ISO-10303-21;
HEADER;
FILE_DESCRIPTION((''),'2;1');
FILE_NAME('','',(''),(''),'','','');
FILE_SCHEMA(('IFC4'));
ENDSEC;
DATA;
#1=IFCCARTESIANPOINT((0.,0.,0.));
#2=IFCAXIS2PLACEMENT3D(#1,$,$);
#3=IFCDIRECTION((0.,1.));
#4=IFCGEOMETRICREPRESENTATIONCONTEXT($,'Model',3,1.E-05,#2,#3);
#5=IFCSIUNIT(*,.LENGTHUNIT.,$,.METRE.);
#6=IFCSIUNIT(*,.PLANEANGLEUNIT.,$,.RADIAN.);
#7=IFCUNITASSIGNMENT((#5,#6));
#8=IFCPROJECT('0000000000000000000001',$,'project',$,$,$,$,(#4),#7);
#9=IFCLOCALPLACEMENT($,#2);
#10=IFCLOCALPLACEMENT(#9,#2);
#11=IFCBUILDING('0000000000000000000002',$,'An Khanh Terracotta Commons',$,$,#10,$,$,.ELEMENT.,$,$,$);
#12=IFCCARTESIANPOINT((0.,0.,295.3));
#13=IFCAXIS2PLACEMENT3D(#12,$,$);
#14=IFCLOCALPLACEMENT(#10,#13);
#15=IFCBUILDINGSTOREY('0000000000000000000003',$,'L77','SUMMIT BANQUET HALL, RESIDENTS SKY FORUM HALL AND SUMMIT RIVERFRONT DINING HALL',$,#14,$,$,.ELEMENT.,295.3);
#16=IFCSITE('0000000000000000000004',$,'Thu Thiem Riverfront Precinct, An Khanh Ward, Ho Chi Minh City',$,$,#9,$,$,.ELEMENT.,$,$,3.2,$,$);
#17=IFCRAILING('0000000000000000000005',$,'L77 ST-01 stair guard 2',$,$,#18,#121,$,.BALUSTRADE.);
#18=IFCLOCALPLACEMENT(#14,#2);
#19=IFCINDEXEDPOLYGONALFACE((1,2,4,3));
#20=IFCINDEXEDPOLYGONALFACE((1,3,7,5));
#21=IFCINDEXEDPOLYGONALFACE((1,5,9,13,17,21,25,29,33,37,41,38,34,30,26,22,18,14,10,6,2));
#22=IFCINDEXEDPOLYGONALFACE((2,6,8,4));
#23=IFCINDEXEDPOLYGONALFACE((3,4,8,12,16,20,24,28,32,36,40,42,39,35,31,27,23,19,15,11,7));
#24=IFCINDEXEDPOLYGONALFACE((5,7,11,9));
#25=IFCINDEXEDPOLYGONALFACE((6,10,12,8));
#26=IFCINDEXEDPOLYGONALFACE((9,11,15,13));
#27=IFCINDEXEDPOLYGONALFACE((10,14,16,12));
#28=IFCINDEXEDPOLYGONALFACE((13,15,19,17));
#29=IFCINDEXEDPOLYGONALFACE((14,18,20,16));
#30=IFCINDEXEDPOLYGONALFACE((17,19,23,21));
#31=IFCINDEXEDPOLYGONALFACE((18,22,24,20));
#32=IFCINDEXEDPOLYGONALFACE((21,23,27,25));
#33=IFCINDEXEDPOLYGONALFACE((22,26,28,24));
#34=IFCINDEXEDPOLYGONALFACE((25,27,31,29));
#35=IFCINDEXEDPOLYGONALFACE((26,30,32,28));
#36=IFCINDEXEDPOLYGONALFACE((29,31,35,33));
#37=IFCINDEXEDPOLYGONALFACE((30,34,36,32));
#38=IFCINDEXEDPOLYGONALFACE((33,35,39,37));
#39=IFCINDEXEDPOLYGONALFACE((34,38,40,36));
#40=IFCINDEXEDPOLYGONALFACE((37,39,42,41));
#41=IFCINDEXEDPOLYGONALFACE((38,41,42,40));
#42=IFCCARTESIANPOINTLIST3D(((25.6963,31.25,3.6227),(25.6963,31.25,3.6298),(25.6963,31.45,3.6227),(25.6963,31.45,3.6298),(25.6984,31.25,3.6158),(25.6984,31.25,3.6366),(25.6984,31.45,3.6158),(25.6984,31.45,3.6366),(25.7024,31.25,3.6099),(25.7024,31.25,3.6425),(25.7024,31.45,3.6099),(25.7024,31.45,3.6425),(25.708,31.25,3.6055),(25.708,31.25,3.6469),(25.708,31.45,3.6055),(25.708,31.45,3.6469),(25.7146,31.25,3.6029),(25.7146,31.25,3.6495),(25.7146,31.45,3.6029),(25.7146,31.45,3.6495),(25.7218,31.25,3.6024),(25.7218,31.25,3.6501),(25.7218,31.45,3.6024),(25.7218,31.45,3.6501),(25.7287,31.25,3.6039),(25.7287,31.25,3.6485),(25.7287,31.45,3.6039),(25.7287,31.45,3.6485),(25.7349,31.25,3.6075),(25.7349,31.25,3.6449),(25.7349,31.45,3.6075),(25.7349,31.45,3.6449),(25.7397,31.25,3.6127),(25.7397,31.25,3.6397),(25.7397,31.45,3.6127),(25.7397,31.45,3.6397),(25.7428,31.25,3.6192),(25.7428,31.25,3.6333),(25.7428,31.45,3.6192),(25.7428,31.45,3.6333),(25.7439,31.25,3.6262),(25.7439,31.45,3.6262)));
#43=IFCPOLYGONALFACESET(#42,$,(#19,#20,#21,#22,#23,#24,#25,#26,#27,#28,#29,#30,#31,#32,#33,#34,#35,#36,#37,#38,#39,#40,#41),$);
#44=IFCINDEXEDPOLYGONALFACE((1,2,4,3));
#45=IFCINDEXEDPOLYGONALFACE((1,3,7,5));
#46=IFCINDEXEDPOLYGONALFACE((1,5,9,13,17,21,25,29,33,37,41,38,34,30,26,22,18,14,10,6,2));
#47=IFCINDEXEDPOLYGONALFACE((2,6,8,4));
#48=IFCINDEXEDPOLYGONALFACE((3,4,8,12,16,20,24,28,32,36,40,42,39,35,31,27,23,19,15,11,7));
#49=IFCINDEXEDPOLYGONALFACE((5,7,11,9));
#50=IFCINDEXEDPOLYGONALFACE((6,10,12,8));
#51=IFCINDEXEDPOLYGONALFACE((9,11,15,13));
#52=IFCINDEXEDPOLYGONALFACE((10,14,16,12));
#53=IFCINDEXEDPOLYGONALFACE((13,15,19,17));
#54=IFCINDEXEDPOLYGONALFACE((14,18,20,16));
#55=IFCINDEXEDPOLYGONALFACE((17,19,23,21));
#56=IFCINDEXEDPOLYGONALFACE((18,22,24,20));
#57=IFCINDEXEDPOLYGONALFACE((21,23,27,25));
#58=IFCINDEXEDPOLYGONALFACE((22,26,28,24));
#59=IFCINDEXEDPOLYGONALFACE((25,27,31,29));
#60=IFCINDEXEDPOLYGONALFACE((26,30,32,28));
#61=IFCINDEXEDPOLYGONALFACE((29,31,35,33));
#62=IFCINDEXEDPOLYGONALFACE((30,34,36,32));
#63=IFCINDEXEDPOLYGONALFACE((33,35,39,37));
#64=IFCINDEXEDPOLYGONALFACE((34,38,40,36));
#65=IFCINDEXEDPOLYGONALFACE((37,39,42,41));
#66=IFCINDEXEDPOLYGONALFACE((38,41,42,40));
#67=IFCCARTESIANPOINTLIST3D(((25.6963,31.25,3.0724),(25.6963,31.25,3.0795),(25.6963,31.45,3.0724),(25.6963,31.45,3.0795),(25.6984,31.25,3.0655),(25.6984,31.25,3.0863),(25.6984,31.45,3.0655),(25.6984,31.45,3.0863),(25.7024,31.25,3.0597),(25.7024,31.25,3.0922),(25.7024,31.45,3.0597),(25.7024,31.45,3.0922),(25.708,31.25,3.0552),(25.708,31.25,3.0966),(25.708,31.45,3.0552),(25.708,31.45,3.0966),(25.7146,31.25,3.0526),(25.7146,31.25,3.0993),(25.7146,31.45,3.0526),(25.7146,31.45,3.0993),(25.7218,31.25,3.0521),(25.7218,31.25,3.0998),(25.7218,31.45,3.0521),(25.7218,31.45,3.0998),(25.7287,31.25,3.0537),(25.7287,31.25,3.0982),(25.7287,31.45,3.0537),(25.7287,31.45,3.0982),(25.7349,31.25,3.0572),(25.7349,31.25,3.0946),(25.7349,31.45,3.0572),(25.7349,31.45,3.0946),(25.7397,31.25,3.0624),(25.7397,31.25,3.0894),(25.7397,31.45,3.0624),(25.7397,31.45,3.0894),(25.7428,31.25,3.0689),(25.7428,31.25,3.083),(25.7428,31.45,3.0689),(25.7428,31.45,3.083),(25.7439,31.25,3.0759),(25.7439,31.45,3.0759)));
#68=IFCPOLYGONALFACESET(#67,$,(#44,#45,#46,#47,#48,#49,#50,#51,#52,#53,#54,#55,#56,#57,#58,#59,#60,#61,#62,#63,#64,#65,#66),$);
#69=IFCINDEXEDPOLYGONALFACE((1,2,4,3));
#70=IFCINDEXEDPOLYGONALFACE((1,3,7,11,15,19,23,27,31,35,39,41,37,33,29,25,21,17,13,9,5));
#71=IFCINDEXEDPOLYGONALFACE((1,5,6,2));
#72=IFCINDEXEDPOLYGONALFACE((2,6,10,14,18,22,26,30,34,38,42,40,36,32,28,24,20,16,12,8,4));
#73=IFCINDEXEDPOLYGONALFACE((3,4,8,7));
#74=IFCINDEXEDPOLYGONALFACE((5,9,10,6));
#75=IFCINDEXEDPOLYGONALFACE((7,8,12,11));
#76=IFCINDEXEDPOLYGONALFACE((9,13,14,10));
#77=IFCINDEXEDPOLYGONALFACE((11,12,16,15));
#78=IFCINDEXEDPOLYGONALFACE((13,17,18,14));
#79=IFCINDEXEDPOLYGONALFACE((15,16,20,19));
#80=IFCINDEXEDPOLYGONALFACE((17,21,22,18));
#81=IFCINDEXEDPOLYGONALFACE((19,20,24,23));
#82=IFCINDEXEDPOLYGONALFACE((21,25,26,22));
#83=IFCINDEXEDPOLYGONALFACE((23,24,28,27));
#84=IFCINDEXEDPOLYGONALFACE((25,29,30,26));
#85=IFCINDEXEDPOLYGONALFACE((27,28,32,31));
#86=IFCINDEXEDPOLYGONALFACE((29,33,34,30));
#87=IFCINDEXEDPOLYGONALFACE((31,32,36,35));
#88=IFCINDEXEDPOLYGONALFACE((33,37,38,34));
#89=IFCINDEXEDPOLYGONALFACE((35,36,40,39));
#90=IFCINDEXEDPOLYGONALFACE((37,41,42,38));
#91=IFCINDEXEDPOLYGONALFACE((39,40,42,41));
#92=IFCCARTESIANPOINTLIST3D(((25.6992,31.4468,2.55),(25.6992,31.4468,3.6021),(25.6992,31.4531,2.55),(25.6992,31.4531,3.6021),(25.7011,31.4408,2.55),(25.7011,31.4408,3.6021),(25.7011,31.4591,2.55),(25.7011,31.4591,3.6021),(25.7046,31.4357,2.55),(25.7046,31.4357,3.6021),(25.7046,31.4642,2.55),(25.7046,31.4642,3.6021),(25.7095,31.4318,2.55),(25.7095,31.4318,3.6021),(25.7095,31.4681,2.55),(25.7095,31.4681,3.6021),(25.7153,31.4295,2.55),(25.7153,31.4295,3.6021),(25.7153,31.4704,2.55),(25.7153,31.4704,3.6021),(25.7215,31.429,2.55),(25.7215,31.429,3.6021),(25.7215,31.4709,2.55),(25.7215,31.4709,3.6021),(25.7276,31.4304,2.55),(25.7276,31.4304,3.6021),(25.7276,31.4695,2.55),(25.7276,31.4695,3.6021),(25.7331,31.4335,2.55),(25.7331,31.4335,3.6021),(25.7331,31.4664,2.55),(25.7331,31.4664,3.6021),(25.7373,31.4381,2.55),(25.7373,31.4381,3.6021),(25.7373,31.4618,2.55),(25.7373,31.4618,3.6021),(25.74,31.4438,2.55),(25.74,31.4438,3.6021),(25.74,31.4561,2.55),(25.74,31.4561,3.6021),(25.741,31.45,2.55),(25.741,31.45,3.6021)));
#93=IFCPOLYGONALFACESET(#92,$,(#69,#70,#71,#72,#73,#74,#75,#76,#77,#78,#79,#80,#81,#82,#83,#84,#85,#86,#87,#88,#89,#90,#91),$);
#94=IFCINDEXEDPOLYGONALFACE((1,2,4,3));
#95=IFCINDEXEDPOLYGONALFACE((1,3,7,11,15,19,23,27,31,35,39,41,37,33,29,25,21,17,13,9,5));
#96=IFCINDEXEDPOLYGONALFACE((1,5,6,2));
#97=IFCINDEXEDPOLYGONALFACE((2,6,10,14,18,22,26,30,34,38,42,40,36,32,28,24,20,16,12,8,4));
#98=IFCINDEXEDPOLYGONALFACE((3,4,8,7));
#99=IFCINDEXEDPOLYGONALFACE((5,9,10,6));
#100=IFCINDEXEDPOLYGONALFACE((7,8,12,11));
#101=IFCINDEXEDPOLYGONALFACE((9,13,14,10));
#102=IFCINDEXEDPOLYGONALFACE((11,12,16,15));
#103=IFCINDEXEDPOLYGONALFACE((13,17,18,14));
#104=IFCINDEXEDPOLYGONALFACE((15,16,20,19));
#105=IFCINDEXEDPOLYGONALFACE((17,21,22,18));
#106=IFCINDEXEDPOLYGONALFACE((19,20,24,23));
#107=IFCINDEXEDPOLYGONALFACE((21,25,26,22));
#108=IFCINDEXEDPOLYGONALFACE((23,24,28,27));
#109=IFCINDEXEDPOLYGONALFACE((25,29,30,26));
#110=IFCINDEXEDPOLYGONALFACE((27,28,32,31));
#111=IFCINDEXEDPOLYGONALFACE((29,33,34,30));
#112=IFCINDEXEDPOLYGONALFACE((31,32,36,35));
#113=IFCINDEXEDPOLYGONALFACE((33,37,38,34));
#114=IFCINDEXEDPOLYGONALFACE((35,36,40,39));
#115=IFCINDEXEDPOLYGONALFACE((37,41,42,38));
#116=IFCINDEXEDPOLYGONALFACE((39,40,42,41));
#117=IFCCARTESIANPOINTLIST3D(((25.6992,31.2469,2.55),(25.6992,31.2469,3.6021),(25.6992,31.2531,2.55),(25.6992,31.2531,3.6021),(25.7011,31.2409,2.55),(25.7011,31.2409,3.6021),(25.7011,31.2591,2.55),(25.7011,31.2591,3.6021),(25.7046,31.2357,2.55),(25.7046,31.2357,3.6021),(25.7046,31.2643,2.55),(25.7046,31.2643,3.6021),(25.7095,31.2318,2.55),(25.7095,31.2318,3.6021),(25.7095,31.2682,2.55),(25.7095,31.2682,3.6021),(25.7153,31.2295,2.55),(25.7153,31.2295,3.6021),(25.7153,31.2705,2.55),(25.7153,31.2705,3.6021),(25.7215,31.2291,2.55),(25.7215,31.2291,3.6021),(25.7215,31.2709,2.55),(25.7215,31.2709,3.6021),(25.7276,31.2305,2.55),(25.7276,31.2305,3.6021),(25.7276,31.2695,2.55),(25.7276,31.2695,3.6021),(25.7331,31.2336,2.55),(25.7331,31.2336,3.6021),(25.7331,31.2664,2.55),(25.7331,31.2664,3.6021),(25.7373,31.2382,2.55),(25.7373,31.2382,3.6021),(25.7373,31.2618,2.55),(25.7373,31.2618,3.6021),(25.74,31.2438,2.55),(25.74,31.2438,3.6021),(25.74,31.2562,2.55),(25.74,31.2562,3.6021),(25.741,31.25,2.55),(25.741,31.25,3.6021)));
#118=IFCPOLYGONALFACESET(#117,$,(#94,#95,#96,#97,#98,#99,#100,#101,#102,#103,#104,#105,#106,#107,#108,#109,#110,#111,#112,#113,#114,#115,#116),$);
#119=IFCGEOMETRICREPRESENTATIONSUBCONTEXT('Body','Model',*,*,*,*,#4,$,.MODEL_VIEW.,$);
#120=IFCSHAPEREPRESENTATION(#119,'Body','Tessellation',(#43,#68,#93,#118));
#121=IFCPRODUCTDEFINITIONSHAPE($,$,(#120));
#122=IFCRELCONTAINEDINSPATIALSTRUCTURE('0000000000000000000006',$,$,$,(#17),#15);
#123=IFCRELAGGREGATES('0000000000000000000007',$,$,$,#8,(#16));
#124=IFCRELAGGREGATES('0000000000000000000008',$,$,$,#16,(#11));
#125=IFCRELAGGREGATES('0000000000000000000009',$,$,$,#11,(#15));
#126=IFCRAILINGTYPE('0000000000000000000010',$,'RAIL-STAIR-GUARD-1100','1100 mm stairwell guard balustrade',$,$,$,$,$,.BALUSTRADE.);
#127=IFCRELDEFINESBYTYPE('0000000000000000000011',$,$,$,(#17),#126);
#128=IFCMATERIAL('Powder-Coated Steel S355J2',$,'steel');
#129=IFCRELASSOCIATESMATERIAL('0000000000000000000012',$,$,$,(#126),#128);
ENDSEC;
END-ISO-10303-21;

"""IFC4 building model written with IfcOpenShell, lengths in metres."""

from ifc_helpers import new_model, si_unit, direction, frame, origin, origin_2d, place, context, subcontext, project, spatial, circle, extrude, material, type_object, element, save


model = new_model("IFC4")

# Units and contexts
model_context = context("Model", 3, precision=1e-05, world=origin(), true_north=direction((0.0, 1.0)))
body_context = subcontext(model_context, "Body", "Model", "MODEL_VIEW")
ifc_project = project(units=[si_unit("LENGTHUNIT", "METRE"), si_unit("PLANEANGLEUNIT", "RADIAN")], contexts=[model_context])

# Site, building, storey
site_placement = place(None, origin())
site = spatial("IfcSite", under=ifc_project, at=site_placement, Name="Thu Thiem Riverfront Precinct, An Khanh Ward, Ho Chi Minh City", CompositionType="ELEMENT", RefElevation=3.2)
building_placement = place(site_placement, origin())
building = spatial("IfcBuilding", under=site, at=building_placement, Name="An Khanh Terracotta Commons", CompositionType="ELEMENT")
storey_placement = place(building_placement, frame((0.0, 0.0, 295.3)))
storey = spatial("IfcBuildingStorey", under=building, at=storey_placement, Name="L77", Description="SUMMIT BANQUET HALL, RESIDENTS SKY FORUM HALL AND SUMMIT RIVERFRONT DINING HALL", CompositionType="ELEMENT", Elevation=295.3)

# Railing
ifc_material_1 = material(Name="Powder-Coated Steel S355J2", Category="steel")
railing_type_1 = type_object("IfcRailingType", Name="RAIL-STAIR-GUARD-1100", Description="1100 mm stairwell guard balustrade", PredefinedType="BALUSTRADE", material=ifc_material_1)
railing_1_placement = place(storey_placement, frame((25.72, 31.45, 2.55)))
element("IfcRailing", 1, at=railing_1_placement, inside=storey, type_object=railing_type_1, Name="L77 ST-01 stair guard 2", PredefinedType="BALUSTRADE", context=body_context, shape_type="SweptSolid", body=[
    extrude(circle(Radius=0.0239, at=origin_2d()), frame((0.0, 0.0, 1.0762), z_axis=(0.0, -1.0, 0.0), x_axis=(1.0, 0.0, 0.0)), (0.0, 0.0, 1.0), 0.2),
    extrude(circle(Radius=0.0239, at=origin_2d()), frame((0.0, 0.0, 0.5259), z_axis=(0.0, -1.0, 0.0), x_axis=(1.0, 0.0, 0.0)), (0.0, 0.0, 1.0), 0.2),
    extrude(circle(Radius=0.021, at=origin_2d()), origin(), (0.0, 0.0, 1.0), 1.052),
    extrude(circle(Radius=0.021, at=origin_2d()), frame((0.0, -0.2, 0.0)), (0.0, 0.0, 1.0), 1.052),
])

save(model, "model.ifc")
